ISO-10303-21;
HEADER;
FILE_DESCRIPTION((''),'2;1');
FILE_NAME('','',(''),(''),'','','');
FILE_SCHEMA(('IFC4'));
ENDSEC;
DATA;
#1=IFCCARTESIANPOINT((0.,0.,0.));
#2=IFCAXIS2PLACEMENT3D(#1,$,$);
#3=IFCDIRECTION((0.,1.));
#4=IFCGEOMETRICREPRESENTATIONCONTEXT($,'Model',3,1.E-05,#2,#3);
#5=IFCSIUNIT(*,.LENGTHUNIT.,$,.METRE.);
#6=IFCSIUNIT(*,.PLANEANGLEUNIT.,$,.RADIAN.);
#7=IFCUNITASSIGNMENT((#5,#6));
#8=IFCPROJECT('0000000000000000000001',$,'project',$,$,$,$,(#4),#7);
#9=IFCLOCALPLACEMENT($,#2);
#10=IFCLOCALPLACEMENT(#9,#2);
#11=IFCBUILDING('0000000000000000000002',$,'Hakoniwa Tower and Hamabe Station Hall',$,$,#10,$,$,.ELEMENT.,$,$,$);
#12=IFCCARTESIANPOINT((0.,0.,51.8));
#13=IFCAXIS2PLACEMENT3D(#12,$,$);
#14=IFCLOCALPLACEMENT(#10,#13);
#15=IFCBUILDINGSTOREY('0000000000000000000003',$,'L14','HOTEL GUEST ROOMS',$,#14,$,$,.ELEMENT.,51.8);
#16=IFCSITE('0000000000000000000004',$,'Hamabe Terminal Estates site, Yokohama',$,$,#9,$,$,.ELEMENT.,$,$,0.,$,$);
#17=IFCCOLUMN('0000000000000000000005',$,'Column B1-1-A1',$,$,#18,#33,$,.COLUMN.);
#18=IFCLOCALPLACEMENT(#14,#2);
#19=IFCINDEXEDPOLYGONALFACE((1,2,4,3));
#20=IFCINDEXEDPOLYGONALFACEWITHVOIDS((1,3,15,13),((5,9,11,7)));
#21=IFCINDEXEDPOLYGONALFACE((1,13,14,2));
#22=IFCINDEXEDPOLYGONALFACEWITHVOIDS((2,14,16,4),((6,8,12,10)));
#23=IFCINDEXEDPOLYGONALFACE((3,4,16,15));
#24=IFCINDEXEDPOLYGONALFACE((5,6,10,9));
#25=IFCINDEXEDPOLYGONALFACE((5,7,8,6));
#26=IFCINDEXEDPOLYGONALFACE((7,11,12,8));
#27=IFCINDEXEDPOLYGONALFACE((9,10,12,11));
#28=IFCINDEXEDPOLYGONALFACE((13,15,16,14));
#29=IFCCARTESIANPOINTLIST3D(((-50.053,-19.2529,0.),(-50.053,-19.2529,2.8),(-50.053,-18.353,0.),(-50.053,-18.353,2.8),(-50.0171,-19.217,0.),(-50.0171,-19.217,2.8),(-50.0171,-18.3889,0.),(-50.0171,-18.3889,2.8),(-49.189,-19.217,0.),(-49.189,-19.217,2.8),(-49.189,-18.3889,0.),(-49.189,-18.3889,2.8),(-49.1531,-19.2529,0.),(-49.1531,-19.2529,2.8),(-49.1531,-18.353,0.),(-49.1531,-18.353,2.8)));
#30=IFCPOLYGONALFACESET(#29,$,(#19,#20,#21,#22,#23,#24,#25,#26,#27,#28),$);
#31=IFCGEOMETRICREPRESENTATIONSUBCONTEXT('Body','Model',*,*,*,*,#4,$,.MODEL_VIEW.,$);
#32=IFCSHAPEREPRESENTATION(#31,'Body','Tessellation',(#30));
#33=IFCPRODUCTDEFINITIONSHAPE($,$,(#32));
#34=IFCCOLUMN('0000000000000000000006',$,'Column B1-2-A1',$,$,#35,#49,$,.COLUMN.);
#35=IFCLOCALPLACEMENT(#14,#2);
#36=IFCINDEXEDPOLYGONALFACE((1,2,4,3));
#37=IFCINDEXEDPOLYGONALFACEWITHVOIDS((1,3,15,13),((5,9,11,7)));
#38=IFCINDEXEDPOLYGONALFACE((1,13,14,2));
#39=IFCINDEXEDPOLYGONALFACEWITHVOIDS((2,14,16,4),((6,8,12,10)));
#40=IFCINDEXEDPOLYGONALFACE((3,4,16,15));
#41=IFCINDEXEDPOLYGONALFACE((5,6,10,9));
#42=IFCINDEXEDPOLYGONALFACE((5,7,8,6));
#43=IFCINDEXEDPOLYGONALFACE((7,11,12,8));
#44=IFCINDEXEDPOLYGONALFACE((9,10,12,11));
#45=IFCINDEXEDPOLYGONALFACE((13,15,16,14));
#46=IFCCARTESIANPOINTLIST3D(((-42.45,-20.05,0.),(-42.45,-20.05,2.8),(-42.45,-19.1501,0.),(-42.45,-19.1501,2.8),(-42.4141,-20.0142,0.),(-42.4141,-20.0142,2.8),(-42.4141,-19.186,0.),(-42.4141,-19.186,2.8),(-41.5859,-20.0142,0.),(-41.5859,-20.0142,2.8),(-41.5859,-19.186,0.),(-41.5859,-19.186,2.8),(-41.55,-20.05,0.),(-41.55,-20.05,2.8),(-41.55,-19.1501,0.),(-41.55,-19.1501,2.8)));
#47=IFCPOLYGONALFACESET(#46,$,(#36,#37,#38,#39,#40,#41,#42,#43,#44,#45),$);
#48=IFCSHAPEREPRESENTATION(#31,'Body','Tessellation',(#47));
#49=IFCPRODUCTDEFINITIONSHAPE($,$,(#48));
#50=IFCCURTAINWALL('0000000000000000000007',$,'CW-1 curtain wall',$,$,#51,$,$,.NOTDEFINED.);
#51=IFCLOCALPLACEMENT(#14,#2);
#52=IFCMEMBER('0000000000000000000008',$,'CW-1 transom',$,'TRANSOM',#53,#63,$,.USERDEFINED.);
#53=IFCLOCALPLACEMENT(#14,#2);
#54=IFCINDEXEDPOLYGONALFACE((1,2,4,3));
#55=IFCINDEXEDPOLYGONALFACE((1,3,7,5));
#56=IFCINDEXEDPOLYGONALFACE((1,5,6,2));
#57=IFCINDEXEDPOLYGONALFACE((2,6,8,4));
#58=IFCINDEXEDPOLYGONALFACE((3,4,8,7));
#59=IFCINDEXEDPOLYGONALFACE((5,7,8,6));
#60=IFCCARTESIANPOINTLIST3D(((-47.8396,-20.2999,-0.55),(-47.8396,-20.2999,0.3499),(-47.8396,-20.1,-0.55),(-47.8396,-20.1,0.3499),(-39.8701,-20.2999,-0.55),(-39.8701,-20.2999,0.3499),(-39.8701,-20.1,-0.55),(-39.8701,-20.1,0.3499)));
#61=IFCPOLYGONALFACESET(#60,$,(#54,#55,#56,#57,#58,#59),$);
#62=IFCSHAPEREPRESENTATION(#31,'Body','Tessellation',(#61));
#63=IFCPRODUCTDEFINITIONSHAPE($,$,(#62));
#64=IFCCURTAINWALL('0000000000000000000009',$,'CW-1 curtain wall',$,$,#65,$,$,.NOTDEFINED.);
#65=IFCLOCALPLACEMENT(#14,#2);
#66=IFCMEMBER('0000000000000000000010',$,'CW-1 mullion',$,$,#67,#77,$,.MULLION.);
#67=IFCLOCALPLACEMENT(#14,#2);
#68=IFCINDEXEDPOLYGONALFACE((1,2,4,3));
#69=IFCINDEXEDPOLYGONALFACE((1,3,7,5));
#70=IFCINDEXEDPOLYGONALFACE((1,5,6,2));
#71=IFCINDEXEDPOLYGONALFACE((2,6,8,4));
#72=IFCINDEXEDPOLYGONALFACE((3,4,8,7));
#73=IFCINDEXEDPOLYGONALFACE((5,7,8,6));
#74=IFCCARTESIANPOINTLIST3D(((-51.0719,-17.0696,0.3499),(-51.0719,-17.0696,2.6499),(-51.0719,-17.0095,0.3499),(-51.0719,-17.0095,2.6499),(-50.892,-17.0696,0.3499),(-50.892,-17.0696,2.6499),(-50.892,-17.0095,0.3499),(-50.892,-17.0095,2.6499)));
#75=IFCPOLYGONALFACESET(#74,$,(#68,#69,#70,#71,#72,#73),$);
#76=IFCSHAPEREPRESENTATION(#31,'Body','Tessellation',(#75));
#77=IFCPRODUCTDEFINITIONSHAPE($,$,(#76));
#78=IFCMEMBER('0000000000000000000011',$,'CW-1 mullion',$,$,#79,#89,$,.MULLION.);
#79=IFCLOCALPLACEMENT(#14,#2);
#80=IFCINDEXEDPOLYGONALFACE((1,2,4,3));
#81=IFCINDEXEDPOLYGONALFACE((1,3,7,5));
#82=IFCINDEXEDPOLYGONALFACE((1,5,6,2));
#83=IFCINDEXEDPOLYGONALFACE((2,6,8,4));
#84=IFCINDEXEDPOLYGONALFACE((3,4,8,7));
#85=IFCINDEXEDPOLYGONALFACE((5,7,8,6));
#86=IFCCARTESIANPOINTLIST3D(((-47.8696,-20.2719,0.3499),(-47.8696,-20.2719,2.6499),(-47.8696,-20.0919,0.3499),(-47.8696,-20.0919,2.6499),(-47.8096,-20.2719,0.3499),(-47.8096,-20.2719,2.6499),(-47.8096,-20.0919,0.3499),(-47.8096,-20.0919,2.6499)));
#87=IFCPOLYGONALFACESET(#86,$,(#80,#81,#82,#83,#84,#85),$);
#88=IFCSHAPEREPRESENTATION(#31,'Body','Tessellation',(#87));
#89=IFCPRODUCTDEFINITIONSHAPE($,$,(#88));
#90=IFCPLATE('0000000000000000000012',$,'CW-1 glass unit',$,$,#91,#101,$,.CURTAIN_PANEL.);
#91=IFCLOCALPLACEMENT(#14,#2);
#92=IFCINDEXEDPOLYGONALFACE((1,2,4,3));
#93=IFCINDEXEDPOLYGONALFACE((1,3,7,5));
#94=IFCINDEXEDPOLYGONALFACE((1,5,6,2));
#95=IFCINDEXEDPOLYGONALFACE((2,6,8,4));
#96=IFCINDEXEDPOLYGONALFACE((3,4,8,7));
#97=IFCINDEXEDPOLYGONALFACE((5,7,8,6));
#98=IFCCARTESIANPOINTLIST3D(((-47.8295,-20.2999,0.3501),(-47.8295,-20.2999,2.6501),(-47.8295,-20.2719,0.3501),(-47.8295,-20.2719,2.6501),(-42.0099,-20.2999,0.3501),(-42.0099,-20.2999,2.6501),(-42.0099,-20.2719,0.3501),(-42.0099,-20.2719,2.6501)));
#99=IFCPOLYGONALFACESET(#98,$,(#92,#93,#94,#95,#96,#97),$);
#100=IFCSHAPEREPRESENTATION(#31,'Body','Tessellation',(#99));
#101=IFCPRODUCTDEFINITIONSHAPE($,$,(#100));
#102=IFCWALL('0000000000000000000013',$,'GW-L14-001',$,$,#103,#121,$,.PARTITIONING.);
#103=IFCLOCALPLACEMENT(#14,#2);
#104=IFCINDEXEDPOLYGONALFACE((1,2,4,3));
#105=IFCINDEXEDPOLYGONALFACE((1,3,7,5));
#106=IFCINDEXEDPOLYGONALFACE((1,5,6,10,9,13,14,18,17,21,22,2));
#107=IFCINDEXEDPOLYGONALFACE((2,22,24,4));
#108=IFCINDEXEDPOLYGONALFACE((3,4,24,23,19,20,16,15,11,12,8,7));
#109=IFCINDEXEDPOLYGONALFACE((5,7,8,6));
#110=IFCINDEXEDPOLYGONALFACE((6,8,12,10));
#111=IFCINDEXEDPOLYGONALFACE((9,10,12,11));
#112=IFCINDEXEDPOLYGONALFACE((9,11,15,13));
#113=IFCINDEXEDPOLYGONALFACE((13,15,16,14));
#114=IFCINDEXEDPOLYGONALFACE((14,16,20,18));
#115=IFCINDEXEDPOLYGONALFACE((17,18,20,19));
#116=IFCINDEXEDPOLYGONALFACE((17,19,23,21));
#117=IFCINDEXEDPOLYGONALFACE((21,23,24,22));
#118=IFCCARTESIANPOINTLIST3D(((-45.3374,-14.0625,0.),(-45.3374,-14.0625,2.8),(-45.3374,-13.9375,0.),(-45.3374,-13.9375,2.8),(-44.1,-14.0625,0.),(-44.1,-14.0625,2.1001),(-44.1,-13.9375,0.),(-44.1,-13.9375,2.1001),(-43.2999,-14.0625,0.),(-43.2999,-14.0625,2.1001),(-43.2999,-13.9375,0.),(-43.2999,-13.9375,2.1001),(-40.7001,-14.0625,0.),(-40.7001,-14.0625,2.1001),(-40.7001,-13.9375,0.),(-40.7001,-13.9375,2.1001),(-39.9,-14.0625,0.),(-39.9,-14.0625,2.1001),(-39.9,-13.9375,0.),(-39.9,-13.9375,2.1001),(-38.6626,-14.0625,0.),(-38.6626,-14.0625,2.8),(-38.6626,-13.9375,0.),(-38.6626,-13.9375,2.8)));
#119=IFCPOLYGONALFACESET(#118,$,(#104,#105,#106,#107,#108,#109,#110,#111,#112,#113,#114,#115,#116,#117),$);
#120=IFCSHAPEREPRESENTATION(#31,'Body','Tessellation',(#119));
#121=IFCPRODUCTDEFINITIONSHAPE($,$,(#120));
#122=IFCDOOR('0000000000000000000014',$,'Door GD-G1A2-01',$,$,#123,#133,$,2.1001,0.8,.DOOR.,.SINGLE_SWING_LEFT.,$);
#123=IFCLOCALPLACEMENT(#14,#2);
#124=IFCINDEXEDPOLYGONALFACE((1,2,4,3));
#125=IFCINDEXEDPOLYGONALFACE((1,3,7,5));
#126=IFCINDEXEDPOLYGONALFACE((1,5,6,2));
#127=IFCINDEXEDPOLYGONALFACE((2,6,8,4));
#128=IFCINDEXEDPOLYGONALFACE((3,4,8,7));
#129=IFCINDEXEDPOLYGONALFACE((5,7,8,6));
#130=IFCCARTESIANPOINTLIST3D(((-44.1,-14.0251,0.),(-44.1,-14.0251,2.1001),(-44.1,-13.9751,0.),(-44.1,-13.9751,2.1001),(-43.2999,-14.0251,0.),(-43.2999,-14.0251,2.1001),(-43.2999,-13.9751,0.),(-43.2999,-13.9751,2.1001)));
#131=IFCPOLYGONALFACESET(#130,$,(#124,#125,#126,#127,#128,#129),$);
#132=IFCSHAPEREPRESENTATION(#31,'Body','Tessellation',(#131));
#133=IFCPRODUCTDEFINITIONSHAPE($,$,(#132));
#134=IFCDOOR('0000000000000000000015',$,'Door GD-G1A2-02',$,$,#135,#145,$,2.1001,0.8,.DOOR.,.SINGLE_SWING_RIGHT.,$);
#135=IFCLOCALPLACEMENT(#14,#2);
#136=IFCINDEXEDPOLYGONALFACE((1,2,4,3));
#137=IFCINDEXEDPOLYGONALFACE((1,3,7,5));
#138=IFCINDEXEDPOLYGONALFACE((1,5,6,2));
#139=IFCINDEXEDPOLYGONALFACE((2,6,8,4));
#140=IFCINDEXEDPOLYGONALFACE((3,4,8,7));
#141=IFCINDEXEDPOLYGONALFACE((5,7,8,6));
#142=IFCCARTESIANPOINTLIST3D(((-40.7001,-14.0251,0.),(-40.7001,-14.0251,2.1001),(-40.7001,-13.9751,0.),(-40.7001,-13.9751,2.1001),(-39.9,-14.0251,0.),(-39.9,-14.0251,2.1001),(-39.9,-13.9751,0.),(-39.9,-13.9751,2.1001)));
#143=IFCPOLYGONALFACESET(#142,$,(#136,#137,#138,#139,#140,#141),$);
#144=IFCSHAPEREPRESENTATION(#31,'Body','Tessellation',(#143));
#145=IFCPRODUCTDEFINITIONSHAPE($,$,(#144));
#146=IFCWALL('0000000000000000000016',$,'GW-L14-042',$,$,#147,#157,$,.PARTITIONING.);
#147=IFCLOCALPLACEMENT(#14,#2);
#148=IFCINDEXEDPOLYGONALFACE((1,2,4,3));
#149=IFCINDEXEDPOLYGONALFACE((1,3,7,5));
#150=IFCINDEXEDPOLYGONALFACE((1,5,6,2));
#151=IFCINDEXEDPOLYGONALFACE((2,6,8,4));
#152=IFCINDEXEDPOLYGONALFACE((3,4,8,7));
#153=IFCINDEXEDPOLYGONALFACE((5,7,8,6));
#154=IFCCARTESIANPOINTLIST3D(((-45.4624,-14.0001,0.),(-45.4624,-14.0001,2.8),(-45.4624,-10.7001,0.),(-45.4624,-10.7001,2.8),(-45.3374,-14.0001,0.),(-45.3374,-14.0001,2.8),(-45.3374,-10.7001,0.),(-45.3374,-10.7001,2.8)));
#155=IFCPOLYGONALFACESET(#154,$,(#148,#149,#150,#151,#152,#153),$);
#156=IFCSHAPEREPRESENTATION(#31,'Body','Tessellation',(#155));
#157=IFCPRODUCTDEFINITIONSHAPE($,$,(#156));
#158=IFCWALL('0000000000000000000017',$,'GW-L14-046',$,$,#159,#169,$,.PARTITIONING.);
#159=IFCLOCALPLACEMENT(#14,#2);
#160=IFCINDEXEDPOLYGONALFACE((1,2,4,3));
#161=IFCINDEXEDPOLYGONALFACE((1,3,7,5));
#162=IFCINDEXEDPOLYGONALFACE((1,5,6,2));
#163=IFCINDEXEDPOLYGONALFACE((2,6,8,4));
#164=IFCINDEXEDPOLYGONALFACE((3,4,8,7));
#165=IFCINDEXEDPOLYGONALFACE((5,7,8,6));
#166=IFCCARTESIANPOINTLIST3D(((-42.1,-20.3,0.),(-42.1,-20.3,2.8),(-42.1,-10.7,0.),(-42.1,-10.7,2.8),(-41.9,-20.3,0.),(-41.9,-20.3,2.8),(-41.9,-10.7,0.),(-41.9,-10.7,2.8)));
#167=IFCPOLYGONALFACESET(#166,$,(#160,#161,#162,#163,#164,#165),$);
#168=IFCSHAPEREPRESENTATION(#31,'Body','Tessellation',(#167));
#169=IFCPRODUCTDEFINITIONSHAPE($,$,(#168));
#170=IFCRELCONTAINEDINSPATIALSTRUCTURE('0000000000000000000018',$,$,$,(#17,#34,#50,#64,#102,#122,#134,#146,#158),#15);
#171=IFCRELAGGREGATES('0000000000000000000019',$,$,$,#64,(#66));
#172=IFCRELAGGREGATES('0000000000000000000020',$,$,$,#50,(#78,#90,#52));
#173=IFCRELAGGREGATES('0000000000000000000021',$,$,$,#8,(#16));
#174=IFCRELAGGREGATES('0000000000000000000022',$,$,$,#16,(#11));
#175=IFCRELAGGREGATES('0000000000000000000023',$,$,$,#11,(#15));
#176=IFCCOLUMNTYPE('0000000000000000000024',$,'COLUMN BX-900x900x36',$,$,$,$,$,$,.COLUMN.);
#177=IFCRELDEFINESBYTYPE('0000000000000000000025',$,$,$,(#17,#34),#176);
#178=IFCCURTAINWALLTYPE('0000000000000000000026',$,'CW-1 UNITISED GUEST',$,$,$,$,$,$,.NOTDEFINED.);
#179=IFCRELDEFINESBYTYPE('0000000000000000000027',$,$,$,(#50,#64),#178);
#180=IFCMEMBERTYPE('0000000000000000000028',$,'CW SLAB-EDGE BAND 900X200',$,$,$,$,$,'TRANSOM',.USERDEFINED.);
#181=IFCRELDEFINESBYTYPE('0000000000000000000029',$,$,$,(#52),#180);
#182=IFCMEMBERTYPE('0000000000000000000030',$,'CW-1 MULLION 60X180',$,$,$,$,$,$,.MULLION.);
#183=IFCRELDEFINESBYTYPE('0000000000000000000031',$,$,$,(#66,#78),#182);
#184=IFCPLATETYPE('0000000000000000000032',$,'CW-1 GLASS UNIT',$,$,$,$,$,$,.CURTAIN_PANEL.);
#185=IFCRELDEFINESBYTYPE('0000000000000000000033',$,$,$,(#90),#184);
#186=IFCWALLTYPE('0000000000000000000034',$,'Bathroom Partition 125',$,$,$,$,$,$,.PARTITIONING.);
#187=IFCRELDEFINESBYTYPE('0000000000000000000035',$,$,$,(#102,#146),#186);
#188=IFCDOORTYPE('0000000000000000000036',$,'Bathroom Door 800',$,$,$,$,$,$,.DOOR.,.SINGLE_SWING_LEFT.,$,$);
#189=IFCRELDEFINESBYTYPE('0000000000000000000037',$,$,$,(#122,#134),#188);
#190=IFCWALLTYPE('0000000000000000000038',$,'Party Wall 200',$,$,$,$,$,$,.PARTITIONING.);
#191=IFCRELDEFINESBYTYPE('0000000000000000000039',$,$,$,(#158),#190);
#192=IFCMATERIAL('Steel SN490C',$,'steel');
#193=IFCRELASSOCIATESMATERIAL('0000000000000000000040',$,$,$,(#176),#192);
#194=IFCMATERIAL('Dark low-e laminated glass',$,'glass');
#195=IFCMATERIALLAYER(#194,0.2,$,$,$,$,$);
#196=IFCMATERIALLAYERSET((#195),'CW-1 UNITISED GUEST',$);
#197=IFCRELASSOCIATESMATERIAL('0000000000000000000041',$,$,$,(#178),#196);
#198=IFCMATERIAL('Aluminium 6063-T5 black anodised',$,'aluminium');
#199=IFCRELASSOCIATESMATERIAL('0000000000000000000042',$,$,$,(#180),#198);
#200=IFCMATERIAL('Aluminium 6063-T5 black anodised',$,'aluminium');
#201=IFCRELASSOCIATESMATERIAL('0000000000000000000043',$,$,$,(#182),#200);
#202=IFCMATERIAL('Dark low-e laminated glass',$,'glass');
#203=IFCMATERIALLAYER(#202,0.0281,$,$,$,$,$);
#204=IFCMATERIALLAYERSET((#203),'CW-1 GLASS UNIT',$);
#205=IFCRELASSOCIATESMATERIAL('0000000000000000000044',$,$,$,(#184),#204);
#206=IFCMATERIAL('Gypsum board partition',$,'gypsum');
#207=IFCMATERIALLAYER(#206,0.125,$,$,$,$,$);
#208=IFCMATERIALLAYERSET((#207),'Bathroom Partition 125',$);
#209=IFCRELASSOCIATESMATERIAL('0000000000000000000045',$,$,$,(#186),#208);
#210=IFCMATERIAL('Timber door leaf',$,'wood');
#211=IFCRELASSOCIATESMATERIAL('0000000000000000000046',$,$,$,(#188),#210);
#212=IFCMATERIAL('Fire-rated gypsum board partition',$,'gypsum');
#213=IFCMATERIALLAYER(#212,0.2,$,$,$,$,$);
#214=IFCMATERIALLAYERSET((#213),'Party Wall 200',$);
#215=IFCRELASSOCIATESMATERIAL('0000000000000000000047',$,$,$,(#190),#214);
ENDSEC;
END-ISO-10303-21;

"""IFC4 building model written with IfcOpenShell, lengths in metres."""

from ifc_helpers import new_model, si_unit, direction, frame, frame_2d, origin, origin_2d, place, context, subcontext, project, spatial, rectangle, hollow_rectangle, extrude, material, layer, layer_set, material_profile, profile_set, type_object, element, fill, aggregate, save


model = new_model("IFC4")

# Units and contexts
model_context = context("Model", 3, precision=1e-05, world=origin(), true_north=direction((0.0, 1.0)))
body_context = subcontext(model_context, "Body", "Model", "MODEL_VIEW")
ifc_project = project(units=[si_unit("LENGTHUNIT", "METRE"), si_unit("PLANEANGLEUNIT", "RADIAN")], contexts=[model_context])

# Site, building, storey
site_placement = place(None, origin())
site = spatial("IfcSite", under=ifc_project, at=site_placement, Name="Hamabe Terminal Estates site, Yokohama", CompositionType="ELEMENT", RefElevation=0.0)
building_placement = place(site_placement, origin())
building = spatial("IfcBuilding", under=site, at=building_placement, Name="Hakoniwa Tower and Hamabe Station Hall", CompositionType="ELEMENT")
storey_placement = place(building_placement, frame((0.0, 0.0, 51.8)))
storey = spatial("IfcBuildingStorey", under=building, at=storey_placement, Name="L14", Description="HOTEL GUEST ROOMS", CompositionType="ELEMENT", Elevation=51.8)

# Columns
ifc_material_1 = material(Name="Steel SN490C", Category="steel")
ifc_material_profile_1 = material_profile(ifc_material_1, hollow_rectangle(XDim=0.8999, YDim=0.8999, WallThickness=0.0359, at=origin_2d()), Name="BX-900x900x36")
ifc_profile_set_1 = profile_set([ifc_material_profile_1], Name="Steel SN490C")
column_type = type_object("IfcColumnType", Name="COLUMN BX-900x900x36", PredefinedType="COLUMN", material=ifc_profile_set_1)
for number, where, z_axis, x_axis, name in (
    (1, (-49.603, -18.803, 0.0), (0.0, 0.0, 1.0), (1.0, 0.0, 0.0), "Column B1-1-A1"),
    (2, (-42.0, -19.6001, 0.0), (0.0, 0.0, 1.0), (1.0, 0.0, 0.0), "Column B1-2-A1"),
):
    element("IfcColumn", number, at=place(storey_placement, frame(where, z_axis=z_axis, x_axis=x_axis)), inside=storey, type_object=column_type, Name=name, PredefinedType="COLUMN", context=body_context, shape_type="SweptSolid", body=[
        extrude(hollow_rectangle(XDim=0.8999, YDim=0.8999, WallThickness=0.0359, at=origin_2d()), origin(), (0.0, 0.0, 1.0), 2.8),
    ])

# Curtain walls, members
ifc_material_2 = material(Name="Dark low-e laminated glass", Category="glass")
ifc_layer_1 = layer(ifc_material_2, 0.2)
ifc_layer_set_1 = layer_set([ifc_layer_1], Name="CW-1 UNITISED GUEST")
curtain_wall_type = type_object("IfcCurtainWallType", Name="CW-1 UNITISED GUEST", PredefinedType="NOTDEFINED", material=ifc_layer_set_1)
curtain_wall_1_placement = place(storey_placement, origin())
curtain_wall_1 = element("IfcCurtainWall", 3, at=curtain_wall_1_placement, inside=storey, type_object=curtain_wall_type, Name="CW-1 curtain wall", PredefinedType="NOTDEFINED")
ifc_material_3 = material(Name="Aluminium 6063-T5 black anodised", Category="aluminium")
ifc_material_profile_2 = material_profile(ifc_material_3, rectangle(XDim=0.2, YDim=0.8999, at=origin_2d()), Name="CW SLAB-EDGE BAND 900X200")
ifc_profile_set_2 = profile_set([ifc_material_profile_2], Name="Aluminium 6063-T5 black anodised")
member_type_1 = type_object("IfcMemberType", Name="CW SLAB-EDGE BAND 900X200", ElementType="TRANSOM", PredefinedType="USERDEFINED", material=ifc_profile_set_2)
member_1_placement = place(storey_placement, frame((-47.8396, -20.2, -0.1001), z_axis=(1.0, 0.0, 0.0), x_axis=(0.0, 1.0, 0.0)))
member_1 = element("IfcMember", 4, at=member_1_placement, type_object=member_type_1, Name="CW-1 transom", ObjectType="TRANSOM", PredefinedType="USERDEFINED", context=body_context, shape_type="SweptSolid", body=[
    extrude(rectangle(XDim=0.2, YDim=0.8999, at=origin_2d()), origin(), (0.0, 0.0, 1.0), 7.9695),
])
curtain_wall_2_placement = place(storey_placement, origin())
curtain_wall_2 = element("IfcCurtainWall", 5, at=curtain_wall_2_placement, inside=storey, type_object=curtain_wall_type, Name="CW-1 curtain wall", PredefinedType="NOTDEFINED")
ifc_material_4 = material(Name="Aluminium 6063-T5 black anodised", Category="aluminium")
ifc_material_profile_3 = material_profile(ifc_material_4, rectangle(XDim=0.0601, YDim=0.1799, at=origin_2d()), Name="CW-1 MULLION 60X180")
ifc_profile_set_3 = profile_set([ifc_material_profile_3], Name="Aluminium 6063-T5 black anodised")
member_type_2 = type_object("IfcMemberType", Name="CW-1 MULLION 60X180", PredefinedType="MULLION", material=ifc_profile_set_3)
member_2_placement = place(storey_placement, frame((-50.9819, -17.0396, 0.3499), z_axis=(0.0, 0.0, 1.0), x_axis=(0.0, -1.0, 0.0)))
member_2 = element("IfcMember", 6, at=member_2_placement, type_object=member_type_2, Name="CW-1 mullion", PredefinedType="MULLION", context=body_context, shape_type="SweptSolid", body=[
    extrude(rectangle(XDim=0.0601, YDim=0.1799, at=origin_2d()), origin(), (0.0, 0.0, 1.0), 2.3),
])
aggregate(curtain_wall_2, [member_2])

# Member
member_3_placement = place(storey_placement, frame((-47.8396, -20.1819, 0.3499), z_axis=(0.0, 0.0, 1.0), x_axis=(1.0, 0.0, 0.0)))
member_3 = element("IfcMember", 7, at=member_3_placement, type_object=member_type_2, Name="CW-1 mullion", PredefinedType="MULLION", context=body_context, shape_type="SweptSolid", body=[
    extrude(rectangle(XDim=0.0601, YDim=0.1799, at=origin_2d()), origin(), (0.0, 0.0, 1.0), 2.3),
])

# Plate
ifc_material_5 = material(Name="Dark low-e laminated glass", Category="glass")
ifc_layer_2 = layer(ifc_material_5, 0.0281)
ifc_layer_set_2 = layer_set([ifc_layer_2], Name="CW-1 GLASS UNIT")
plate_type = type_object("IfcPlateType", Name="CW-1 GLASS UNIT", PredefinedType="CURTAIN_PANEL", material=ifc_layer_set_2)
plate_placement = place(storey_placement, frame((-44.9197, -20.2859, 0.3501), z_axis=(0.0, 0.0, 1.0), x_axis=(1.0, 0.0, 0.0)))
plate = element("IfcPlate", 8, at=plate_placement, type_object=plate_type, Name="CW-1 glass unit", PredefinedType="CURTAIN_PANEL", context=body_context, shape_type="SweptSolid", body=[
    extrude(rectangle(XDim=5.8196, YDim=0.0281, at=origin_2d()), origin(), (0.0, 0.0, 1.0), 2.3),
])
aggregate(curtain_wall_1, [member_3, plate, member_1])

# Wall, openings, doors
ifc_material_6 = material(Name="Gypsum board partition", Category="gypsum")
ifc_layer_3 = layer(ifc_material_6, 0.125)
ifc_layer_set_3 = layer_set([ifc_layer_3], Name="Bathroom Partition 125")
wall_type_1 = type_object("IfcWallType", Name="Bathroom Partition 125", PredefinedType="PARTITIONING", material=ifc_layer_set_3)
wall_1_placement = place(storey_placement, frame((-45.3374, -14.0, 0.0), z_axis=(0.0, 0.0, 1.0), x_axis=(1.0, 0.0, 0.0)))
wall_1 = element("IfcWall", 9, at=wall_1_placement, inside=storey, type_object=wall_type_1, Name="GW-L14-001", PredefinedType="PARTITIONING", context=body_context, shape_type="SweptSolid", body=[
    extrude(rectangle(XDim=6.6748, YDim=0.125, at=frame_2d((3.3374, 0.0))), origin(), (0.0, 0.0, 1.0), 2.8),
])
opening_1_placement = place(wall_1_placement, frame((1.2375, 0.0, 0.0)))
opening_1 = element("IfcOpeningElement", 10, at=opening_1_placement, cuts=wall_1, PredefinedType="OPENING", context=body_context, shape_type="SweptSolid", body=[
    extrude(rectangle(XDim=0.8, YDim=2.1001, at=frame_2d((0.3999, 1.05))), frame((0.0, 0.0725, 0.0), z_axis=(0.0, -1.0, 0.0), x_axis=(1.0, 0.0, 0.0)), (0.0, 0.0, 1.0), 0.145),
])
opening_2_placement = place(wall_1_placement, frame((4.6375, 0.0, 0.0)))
opening_2 = element("IfcOpeningElement", 11, at=opening_2_placement, cuts=wall_1, PredefinedType="OPENING", context=body_context, shape_type="SweptSolid", body=[
    extrude(rectangle(XDim=0.8, YDim=2.1001, at=frame_2d((0.3999, 1.05))), frame((0.0, 0.0725, 0.0), z_axis=(0.0, -1.0, 0.0), x_axis=(1.0, 0.0, 0.0)), (0.0, 0.0, 1.0), 0.145),
])
ifc_material_7 = material(Name="Timber door leaf", Category="wood")
door_type = type_object("IfcDoorType", Name="Bathroom Door 800", OperationType="SINGLE_SWING_LEFT", PredefinedType="DOOR", material=ifc_material_7)
door_1_placement = place(opening_1_placement, origin())
door_1 = element("IfcDoor", 12, at=door_1_placement, inside=storey, type_object=door_type, Name="Door GD-G1A2-01", OperationType="SINGLE_SWING_LEFT", OverallHeight=2.1001, OverallWidth=0.8, PredefinedType="DOOR", context=body_context, shape_type="SweptSolid", body=[
    extrude(rectangle(XDim=0.8, YDim=2.1001, at=frame_2d((0.3999, 1.05))), frame((0.0, 0.0249, 0.0), z_axis=(0.0, -1.0, 0.0), x_axis=(1.0, 0.0, 0.0)), (0.0, 0.0, 1.0), 0.05),
])
fill(opening_1, door_1)
door_2_placement = place(opening_2_placement, origin())
door_2 = element("IfcDoor", 13, at=door_2_placement, inside=storey, type_object=door_type, Name="Door GD-G1A2-02", OperationType="SINGLE_SWING_RIGHT", OverallHeight=2.1001, OverallWidth=0.8, PredefinedType="DOOR", context=body_context, shape_type="SweptSolid", body=[
    extrude(rectangle(XDim=0.8, YDim=2.1001, at=frame_2d((0.3999, 1.05))), frame((0.0, 0.0249, 0.0), z_axis=(0.0, -1.0, 0.0), x_axis=(1.0, 0.0, 0.0)), (0.0, 0.0, 1.0), 0.05),
])
fill(opening_2, door_2)

# Walls
wall_2_placement = place(storey_placement, frame((-45.3999, -14.0, 0.0), z_axis=(0.0, 0.0, 1.0), x_axis=(0.0, 1.0, 0.0)))
element("IfcWall", 14, at=wall_2_placement, inside=storey, type_object=wall_type_1, Name="GW-L14-042", PredefinedType="PARTITIONING", context=body_context, shape_type="SweptSolid", body=[
    extrude(rectangle(XDim=3.3, YDim=0.125, at=frame_2d((1.6499, 0.0))), origin(), (0.0, 0.0, 1.0), 2.8),
])
ifc_material_8 = material(Name="Fire-rated gypsum board partition", Category="gypsum")
ifc_layer_4 = layer(ifc_material_8, 0.2)
ifc_layer_set_4 = layer_set([ifc_layer_4], Name="Party Wall 200")
wall_type_2 = type_object("IfcWallType", Name="Party Wall 200", PredefinedType="PARTITIONING", material=ifc_layer_set_4)
wall_3_placement = place(storey_placement, frame((-42.0, -20.3, 0.0), z_axis=(0.0, 0.0, 1.0), x_axis=(0.0, 1.0, 0.0)))
element("IfcWall", 15, at=wall_3_placement, inside=storey, type_object=wall_type_2, Name="GW-L14-046", PredefinedType="PARTITIONING", context=body_context, shape_type="SweptSolid", body=[
    extrude(rectangle(XDim=9.6001, YDim=0.2, at=frame_2d((4.8, 0.0))), origin(), (0.0, 0.0, 1.0), 2.8),
])

save(model, "model.ifc")
